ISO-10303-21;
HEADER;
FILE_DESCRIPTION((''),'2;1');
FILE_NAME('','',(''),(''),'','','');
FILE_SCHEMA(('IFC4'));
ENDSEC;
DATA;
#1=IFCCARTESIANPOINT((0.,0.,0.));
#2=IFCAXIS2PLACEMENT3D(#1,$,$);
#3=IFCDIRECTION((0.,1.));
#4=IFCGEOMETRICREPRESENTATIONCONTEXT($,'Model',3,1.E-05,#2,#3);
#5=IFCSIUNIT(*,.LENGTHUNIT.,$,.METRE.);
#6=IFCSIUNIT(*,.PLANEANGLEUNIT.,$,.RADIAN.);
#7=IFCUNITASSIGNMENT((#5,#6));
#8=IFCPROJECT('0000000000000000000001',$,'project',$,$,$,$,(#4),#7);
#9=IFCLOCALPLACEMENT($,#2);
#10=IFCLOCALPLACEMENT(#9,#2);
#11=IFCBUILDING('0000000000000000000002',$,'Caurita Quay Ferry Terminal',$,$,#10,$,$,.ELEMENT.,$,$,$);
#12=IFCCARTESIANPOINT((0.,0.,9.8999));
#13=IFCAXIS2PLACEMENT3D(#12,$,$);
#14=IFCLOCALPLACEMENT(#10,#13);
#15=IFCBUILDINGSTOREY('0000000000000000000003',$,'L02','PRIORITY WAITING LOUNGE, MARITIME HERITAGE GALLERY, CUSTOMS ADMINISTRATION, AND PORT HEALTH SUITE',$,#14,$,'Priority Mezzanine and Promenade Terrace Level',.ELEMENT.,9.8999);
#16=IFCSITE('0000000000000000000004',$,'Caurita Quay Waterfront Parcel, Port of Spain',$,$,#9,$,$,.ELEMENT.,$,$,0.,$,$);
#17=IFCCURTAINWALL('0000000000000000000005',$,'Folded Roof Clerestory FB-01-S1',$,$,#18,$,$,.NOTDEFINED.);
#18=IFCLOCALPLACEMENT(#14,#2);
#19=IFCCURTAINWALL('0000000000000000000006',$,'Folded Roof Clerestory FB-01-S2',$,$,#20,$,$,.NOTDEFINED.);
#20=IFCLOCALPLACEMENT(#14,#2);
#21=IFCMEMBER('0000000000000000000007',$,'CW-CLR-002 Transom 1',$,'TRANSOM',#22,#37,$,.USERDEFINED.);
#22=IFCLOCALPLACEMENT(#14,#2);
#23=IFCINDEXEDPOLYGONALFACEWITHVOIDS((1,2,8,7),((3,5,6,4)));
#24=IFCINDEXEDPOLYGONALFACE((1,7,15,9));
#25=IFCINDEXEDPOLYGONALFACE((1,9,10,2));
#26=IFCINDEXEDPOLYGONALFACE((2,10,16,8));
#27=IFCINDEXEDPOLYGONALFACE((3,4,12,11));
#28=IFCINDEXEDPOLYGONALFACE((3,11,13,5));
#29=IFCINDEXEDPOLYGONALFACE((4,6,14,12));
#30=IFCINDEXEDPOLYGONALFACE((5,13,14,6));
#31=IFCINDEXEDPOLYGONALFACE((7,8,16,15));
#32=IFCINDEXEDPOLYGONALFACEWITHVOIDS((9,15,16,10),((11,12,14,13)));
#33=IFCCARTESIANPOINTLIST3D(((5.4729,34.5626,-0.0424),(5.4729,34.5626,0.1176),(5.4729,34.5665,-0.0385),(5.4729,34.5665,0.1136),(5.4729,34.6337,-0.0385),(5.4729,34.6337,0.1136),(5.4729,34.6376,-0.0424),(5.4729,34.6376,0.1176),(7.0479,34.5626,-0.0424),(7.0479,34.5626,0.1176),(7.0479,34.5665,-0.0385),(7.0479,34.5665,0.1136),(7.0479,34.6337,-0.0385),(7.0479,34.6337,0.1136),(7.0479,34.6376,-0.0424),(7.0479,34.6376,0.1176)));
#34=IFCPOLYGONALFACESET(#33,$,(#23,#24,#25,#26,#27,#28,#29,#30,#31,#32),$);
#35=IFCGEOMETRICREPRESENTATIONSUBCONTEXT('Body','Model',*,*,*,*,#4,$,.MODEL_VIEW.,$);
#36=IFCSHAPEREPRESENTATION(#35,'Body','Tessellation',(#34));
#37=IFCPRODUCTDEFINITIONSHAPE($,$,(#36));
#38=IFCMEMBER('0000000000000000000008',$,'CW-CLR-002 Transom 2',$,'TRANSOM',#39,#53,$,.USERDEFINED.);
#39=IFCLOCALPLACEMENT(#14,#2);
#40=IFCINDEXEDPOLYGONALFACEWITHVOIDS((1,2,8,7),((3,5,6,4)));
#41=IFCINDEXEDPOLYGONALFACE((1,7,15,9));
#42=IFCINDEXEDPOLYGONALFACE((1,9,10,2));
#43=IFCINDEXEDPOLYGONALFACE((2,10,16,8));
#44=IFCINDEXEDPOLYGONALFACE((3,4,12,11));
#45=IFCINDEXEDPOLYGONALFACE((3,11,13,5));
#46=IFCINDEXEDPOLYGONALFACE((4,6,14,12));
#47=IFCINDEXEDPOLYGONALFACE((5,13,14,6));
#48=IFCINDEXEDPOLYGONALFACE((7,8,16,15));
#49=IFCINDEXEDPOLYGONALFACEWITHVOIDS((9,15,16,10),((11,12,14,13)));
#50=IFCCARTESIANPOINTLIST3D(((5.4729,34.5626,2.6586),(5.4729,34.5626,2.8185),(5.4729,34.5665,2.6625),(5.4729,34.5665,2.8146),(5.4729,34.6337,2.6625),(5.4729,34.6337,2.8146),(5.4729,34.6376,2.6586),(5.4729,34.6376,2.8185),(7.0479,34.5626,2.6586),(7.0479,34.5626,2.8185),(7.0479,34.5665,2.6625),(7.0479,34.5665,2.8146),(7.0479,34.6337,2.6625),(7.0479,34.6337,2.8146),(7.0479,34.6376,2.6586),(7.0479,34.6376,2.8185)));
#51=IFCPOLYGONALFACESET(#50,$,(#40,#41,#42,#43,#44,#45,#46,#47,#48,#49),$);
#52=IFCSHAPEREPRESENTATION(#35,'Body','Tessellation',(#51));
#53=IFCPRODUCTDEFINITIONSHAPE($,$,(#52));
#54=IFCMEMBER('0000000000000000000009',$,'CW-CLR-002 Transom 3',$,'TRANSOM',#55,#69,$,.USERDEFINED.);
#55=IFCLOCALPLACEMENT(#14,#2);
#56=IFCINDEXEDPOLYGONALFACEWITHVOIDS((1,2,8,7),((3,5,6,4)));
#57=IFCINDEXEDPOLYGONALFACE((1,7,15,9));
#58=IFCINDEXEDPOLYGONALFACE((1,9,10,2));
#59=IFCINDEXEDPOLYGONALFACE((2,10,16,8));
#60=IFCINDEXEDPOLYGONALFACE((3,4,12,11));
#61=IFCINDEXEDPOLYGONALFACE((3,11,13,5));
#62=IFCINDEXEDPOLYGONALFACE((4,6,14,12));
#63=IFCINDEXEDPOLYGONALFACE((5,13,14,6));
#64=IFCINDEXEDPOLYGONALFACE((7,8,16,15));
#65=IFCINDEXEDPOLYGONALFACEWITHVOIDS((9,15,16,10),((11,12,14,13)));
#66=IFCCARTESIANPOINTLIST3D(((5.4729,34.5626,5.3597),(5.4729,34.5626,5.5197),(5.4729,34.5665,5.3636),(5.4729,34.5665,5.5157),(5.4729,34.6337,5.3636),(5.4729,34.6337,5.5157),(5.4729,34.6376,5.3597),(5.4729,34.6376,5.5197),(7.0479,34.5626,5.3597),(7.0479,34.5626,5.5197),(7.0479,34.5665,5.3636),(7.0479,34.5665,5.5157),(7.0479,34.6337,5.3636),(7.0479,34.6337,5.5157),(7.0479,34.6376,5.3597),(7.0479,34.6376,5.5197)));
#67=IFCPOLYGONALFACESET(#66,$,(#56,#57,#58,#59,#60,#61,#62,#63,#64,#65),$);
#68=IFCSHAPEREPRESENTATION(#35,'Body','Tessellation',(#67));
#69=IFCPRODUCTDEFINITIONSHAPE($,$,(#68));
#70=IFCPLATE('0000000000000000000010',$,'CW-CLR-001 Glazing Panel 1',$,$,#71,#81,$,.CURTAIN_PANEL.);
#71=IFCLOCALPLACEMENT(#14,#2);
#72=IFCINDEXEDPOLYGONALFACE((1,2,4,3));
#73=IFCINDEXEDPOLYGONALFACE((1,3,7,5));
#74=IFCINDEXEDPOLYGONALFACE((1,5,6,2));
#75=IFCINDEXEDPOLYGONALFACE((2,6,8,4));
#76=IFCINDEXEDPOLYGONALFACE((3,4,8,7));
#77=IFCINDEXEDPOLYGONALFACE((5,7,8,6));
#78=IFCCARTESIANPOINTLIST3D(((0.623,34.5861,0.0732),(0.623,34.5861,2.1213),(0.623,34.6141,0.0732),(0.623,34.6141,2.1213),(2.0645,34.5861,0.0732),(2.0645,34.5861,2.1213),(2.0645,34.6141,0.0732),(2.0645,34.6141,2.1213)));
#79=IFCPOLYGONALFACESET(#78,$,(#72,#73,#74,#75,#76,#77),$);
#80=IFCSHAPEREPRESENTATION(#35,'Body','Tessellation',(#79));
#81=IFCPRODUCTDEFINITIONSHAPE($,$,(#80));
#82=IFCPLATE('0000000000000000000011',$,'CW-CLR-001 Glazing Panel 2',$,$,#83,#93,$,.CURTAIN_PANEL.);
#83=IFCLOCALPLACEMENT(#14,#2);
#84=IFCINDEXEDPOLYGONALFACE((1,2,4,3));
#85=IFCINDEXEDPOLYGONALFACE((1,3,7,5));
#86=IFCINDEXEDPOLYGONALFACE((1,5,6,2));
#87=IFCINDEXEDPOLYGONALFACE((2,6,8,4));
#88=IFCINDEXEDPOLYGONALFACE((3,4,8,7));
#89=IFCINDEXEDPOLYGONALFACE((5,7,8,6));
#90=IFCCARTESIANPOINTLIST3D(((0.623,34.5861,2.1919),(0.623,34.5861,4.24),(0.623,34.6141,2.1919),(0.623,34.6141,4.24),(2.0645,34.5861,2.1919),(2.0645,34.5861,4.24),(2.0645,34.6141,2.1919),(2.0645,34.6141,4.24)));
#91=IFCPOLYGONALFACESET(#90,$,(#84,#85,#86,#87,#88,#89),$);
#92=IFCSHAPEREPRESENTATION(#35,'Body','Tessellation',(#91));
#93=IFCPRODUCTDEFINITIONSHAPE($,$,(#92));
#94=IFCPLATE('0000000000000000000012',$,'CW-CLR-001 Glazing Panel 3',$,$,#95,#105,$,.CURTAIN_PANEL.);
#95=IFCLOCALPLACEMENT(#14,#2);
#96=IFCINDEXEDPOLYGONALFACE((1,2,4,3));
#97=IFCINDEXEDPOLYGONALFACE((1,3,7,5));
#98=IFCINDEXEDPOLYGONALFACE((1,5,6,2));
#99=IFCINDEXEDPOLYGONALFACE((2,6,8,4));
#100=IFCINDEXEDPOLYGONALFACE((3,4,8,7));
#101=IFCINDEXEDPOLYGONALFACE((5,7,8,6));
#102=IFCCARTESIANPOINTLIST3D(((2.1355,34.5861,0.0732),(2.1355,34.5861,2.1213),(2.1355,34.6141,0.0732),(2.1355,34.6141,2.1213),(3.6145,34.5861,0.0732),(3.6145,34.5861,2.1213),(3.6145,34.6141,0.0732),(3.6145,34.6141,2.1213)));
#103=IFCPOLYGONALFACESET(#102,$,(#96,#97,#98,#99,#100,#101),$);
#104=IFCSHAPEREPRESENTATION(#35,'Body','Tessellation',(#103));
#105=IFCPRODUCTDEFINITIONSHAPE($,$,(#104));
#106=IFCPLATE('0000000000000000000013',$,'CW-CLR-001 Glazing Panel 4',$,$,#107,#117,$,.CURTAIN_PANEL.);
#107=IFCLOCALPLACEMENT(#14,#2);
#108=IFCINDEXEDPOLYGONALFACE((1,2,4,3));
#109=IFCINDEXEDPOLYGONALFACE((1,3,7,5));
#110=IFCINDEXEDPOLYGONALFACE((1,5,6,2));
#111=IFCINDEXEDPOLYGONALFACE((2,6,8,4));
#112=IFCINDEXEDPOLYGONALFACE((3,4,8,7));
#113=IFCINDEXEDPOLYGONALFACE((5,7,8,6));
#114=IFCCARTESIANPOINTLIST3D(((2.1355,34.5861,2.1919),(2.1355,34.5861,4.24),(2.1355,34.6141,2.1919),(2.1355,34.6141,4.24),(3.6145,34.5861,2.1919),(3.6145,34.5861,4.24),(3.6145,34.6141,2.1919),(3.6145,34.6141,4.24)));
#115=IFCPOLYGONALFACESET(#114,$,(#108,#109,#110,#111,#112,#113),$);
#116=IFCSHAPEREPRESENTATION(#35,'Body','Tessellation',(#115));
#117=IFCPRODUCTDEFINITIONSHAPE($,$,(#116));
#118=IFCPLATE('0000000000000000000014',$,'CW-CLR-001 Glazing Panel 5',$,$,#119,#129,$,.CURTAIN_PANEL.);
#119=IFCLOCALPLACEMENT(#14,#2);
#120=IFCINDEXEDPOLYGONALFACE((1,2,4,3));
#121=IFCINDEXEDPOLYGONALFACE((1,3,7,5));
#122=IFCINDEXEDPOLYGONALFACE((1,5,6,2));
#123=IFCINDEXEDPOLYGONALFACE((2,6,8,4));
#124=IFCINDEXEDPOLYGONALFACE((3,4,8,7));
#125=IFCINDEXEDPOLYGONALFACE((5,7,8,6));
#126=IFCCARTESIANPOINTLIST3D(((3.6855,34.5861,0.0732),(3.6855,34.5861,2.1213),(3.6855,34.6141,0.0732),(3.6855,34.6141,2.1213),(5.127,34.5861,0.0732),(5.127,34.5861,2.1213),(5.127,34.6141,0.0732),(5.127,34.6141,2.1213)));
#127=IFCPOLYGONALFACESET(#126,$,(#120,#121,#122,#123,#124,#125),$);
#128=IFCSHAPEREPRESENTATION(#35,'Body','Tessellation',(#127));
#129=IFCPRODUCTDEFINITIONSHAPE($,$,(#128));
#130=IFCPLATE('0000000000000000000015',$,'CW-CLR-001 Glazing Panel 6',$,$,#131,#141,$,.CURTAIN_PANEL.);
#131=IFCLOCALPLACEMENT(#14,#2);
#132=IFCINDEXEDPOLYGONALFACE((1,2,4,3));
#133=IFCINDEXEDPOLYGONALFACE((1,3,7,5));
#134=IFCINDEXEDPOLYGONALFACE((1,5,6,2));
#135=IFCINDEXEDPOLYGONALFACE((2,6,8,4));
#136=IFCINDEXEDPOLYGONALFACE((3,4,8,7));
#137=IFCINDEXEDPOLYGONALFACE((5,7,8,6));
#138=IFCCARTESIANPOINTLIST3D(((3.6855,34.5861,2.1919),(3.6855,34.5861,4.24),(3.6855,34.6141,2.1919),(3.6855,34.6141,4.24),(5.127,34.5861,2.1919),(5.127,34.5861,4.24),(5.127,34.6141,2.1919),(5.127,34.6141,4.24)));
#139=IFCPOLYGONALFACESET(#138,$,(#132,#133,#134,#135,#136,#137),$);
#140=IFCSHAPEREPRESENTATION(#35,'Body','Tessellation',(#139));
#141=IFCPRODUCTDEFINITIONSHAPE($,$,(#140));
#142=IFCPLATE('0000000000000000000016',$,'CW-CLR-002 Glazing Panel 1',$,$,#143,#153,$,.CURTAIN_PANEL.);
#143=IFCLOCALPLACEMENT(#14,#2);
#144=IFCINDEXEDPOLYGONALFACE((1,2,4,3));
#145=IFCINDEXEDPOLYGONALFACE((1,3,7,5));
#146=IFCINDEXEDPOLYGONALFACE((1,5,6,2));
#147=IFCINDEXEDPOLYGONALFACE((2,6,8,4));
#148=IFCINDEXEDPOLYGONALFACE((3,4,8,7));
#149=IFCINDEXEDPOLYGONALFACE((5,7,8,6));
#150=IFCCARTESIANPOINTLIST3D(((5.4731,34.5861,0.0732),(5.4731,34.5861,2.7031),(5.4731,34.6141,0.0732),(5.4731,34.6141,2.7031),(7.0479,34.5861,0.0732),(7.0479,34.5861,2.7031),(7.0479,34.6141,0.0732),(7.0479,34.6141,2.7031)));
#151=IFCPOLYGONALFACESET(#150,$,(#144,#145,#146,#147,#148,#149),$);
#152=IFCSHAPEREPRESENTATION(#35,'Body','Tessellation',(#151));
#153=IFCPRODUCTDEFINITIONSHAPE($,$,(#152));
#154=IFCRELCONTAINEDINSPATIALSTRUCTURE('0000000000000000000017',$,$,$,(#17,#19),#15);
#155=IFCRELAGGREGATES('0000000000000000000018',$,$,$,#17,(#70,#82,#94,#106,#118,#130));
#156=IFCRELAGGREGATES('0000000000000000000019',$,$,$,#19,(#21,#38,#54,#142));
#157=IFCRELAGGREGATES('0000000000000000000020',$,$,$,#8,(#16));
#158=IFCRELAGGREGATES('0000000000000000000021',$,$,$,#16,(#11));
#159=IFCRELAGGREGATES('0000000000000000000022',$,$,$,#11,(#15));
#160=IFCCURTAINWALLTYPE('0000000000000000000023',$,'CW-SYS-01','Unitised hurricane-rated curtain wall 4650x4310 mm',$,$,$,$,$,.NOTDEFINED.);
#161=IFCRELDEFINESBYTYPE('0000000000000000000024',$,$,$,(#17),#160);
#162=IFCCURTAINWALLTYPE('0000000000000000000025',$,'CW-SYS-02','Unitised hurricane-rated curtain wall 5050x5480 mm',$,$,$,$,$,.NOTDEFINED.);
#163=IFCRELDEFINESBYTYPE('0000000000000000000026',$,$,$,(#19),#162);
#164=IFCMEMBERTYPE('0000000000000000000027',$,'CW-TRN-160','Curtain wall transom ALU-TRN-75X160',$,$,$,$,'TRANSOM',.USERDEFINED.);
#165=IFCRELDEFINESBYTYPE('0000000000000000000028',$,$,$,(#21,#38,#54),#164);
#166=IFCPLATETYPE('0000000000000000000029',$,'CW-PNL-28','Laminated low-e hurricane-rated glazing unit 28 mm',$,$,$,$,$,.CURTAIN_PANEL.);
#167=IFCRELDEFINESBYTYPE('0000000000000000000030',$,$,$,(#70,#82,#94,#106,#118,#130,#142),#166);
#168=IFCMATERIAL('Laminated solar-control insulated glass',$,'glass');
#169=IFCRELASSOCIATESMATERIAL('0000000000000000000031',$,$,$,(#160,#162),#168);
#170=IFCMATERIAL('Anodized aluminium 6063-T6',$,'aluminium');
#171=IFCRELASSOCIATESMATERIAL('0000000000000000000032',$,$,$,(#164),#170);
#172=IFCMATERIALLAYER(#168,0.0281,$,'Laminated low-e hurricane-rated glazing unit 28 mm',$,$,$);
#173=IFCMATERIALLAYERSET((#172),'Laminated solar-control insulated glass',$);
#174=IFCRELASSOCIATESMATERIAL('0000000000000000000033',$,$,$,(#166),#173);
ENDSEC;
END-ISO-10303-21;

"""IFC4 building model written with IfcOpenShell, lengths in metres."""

from ifc_helpers import new_model, si_unit, direction, frame, origin, origin_2d, place, context, subcontext, project, spatial, rectangle, hollow_rectangle, extrude, material, layer, layer_set, material_profile, profile_set, type_object, element, aggregate, save


model = new_model("IFC4")

# Units and contexts
model_context = context("Model", 3, precision=1e-05, world=origin(), true_north=direction((0.0, 1.0)))
body_context = subcontext(model_context, "Body", "Model", "MODEL_VIEW")
ifc_project = project(units=[si_unit("LENGTHUNIT", "METRE"), si_unit("PLANEANGLEUNIT", "RADIAN")], contexts=[model_context])

# Site, building, storey
site_placement = place(None, origin())
site = spatial("IfcSite", under=ifc_project, at=site_placement, Name="Caurita Quay Waterfront Parcel, Port of Spain", CompositionType="ELEMENT", RefElevation=0.0)
building_placement = place(site_placement, origin())
building = spatial("IfcBuilding", under=site, at=building_placement, Name="Caurita Quay Ferry Terminal", CompositionType="ELEMENT")
storey_placement = place(building_placement, frame((0.0, 0.0, 9.8999)))
storey = spatial("IfcBuildingStorey", under=building, at=storey_placement, Name="L02", Description="PRIORITY WAITING LOUNGE, MARITIME HERITAGE GALLERY, CUSTOMS ADMINISTRATION, AND PORT HEALTH SUITE", LongName="Priority Mezzanine and Promenade Terrace Level", CompositionType="ELEMENT", Elevation=9.8999)

# Curtain wall
ifc_material_1 = material(Name="Laminated solar-control insulated glass", Category="glass")
curtain_wall_type_1 = type_object("IfcCurtainWallType", Name="CW-SYS-01", Description="Unitised hurricane-rated curtain wall 4650x4310 mm", PredefinedType="NOTDEFINED", material=ifc_material_1)
curtain_wall_1_placement = place(storey_placement, origin())
curtain_wall_1 = element("IfcCurtainWall", 1, at=curtain_wall_1_placement, inside=storey, type_object=curtain_wall_type_1, Name="Folded Roof Clerestory FB-01-S1", PredefinedType="NOTDEFINED")
ifc_material_2 = material(Name="Anodized aluminium 6063-T6", Category="aluminium")

# Curtain wall
curtain_wall_type_2 = type_object("IfcCurtainWallType", Name="CW-SYS-02", Description="Unitised hurricane-rated curtain wall 5050x5480 mm", PredefinedType="NOTDEFINED", material=ifc_material_1)
curtain_wall_2_placement = place(storey_placement, origin())
curtain_wall_2 = element("IfcCurtainWall", 2, at=curtain_wall_2_placement, inside=storey, type_object=curtain_wall_type_2, Name="Folded Roof Clerestory FB-01-S2", PredefinedType="NOTDEFINED")

# Members
ifc_material_profile_1 = material_profile(ifc_material_2, hollow_rectangle(XDim=0.075, YDim=0.1599, WallThickness=0.0039, at=origin_2d()), Name="ALU-TRN-75X160")
ifc_profile_set_1 = profile_set([ifc_material_profile_1], Name="Anodized aluminium 6063-T6")
member_type_1 = type_object("IfcMemberType", Name="CW-TRN-160", Description="Curtain wall transom ALU-TRN-75X160", ElementType="TRANSOM", PredefinedType="USERDEFINED", material=ifc_profile_set_1)
member_1_placement = place(storey_placement, frame((5.4729, 34.6001, 0.0376), z_axis=(1.0, 0.0, 0.0), x_axis=(0.0, 1.0, 0.0)))
member_1 = element("IfcMember", 3, at=member_1_placement, type_object=member_type_1, Name="CW-CLR-002 Transom 1", ObjectType="TRANSOM", PredefinedType="USERDEFINED", context=body_context, shape_type="SweptSolid", body=[
    extrude(hollow_rectangle(XDim=0.075, YDim=0.1599, WallThickness=0.0039, at=origin_2d()), origin(), (0.0, 0.0, 1.0), 1.575),
])
member_2_placement = place(storey_placement, frame((5.4729, 34.6001, 2.7385), z_axis=(1.0, 0.0, 0.0), x_axis=(0.0, 1.0, 0.0)))
member_2 = element("IfcMember", 4, at=member_2_placement, type_object=member_type_1, Name="CW-CLR-002 Transom 2", ObjectType="TRANSOM", PredefinedType="USERDEFINED", context=body_context, shape_type="SweptSolid", body=[
    extrude(hollow_rectangle(XDim=0.075, YDim=0.1599, WallThickness=0.0039, at=origin_2d()), origin(), (0.0, 0.0, 1.0), 1.575),
])
member_3_placement = place(storey_placement, frame((5.4729, 34.6001, 5.4397), z_axis=(1.0, 0.0, 0.0), x_axis=(0.0, 1.0, 0.0)))
member_3 = element("IfcMember", 5, at=member_3_placement, type_object=member_type_1, Name="CW-CLR-002 Transom 3", ObjectType="TRANSOM", PredefinedType="USERDEFINED", context=body_context, shape_type="SweptSolid", body=[
    extrude(hollow_rectangle(XDim=0.075, YDim=0.1599, WallThickness=0.0039, at=origin_2d()), origin(), (0.0, 0.0, 1.0), 1.575),
])

# Plates
ifc_layer = layer(ifc_material_1, 0.0281, Name="Laminated low-e hurricane-rated glazing unit 28 mm")
ifc_layer_set = layer_set([ifc_layer], Name="Laminated solar-control insulated glass")
plate_type = type_object("IfcPlateType", Name="CW-PNL-28", Description="Laminated low-e hurricane-rated glazing unit 28 mm", PredefinedType="CURTAIN_PANEL", material=ifc_layer_set)
plate_1_placement = place(storey_placement, frame((1.3438, 34.6001, 0.0732), z_axis=(0.0, 0.0, 1.0), x_axis=(1.0, 0.0, 0.0)))
plate_1 = element("IfcPlate", 6, at=plate_1_placement, type_object=plate_type, Name="CW-CLR-001 Glazing Panel 1", PredefinedType="CURTAIN_PANEL", context=body_context, shape_type="SweptSolid", body=[
    extrude(rectangle(XDim=1.4414, YDim=0.0281, at=origin_2d()), origin(), (0.0, 0.0, 1.0), 2.0481),
])
plate_2_placement = place(storey_placement, frame((1.3438, 34.6001, 2.1919), z_axis=(0.0, 0.0, 1.0), x_axis=(1.0, 0.0, 0.0)))
plate_2 = element("IfcPlate", 7, at=plate_2_placement, type_object=plate_type, Name="CW-CLR-001 Glazing Panel 2", PredefinedType="CURTAIN_PANEL", context=body_context, shape_type="SweptSolid", body=[
    extrude(rectangle(XDim=1.4414, YDim=0.0281, at=origin_2d()), origin(), (0.0, 0.0, 1.0), 2.0481),
])
plate_3_placement = place(storey_placement, frame((2.875, 34.6001, 0.0732), z_axis=(0.0, 0.0, 1.0), x_axis=(1.0, 0.0, 0.0)))
plate_3 = element("IfcPlate", 8, at=plate_3_placement, type_object=plate_type, Name="CW-CLR-001 Glazing Panel 3", PredefinedType="CURTAIN_PANEL", context=body_context, shape_type="SweptSolid", body=[
    extrude(rectangle(XDim=1.479, YDim=0.0281, at=origin_2d()), origin(), (0.0, 0.0, 1.0), 2.0481),
])
plate_4_placement = place(storey_placement, frame((2.875, 34.6001, 2.1919), z_axis=(0.0, 0.0, 1.0), x_axis=(1.0, 0.0, 0.0)))
plate_4 = element("IfcPlate", 9, at=plate_4_placement, type_object=plate_type, Name="CW-CLR-001 Glazing Panel 4", PredefinedType="CURTAIN_PANEL", context=body_context, shape_type="SweptSolid", body=[
    extrude(rectangle(XDim=1.479, YDim=0.0281, at=origin_2d()), origin(), (0.0, 0.0, 1.0), 2.0481),
])
plate_5_placement = place(storey_placement, frame((4.4062, 34.6001, 0.0732), z_axis=(0.0, 0.0, 1.0), x_axis=(1.0, 0.0, 0.0)))
plate_5 = element("IfcPlate", 10, at=plate_5_placement, type_object=plate_type, Name="CW-CLR-001 Glazing Panel 5", PredefinedType="CURTAIN_PANEL", context=body_context, shape_type="SweptSolid", body=[
    extrude(rectangle(XDim=1.4414, YDim=0.0281, at=origin_2d()), origin(), (0.0, 0.0, 1.0), 2.0481),
])
plate_6_placement = place(storey_placement, frame((4.4062, 34.6001, 2.1919), z_axis=(0.0, 0.0, 1.0), x_axis=(1.0, 0.0, 0.0)))
plate_6 = element("IfcPlate", 11, at=plate_6_placement, type_object=plate_type, Name="CW-CLR-001 Glazing Panel 6", PredefinedType="CURTAIN_PANEL", context=body_context, shape_type="SweptSolid", body=[
    extrude(rectangle(XDim=1.4414, YDim=0.0281, at=origin_2d()), origin(), (0.0, 0.0, 1.0), 2.0481),
])
aggregate(curtain_wall_1, [plate_1, plate_2, plate_3, plate_4, plate_5, plate_6])
plate_7_placement = place(storey_placement, frame((6.2605, 34.6001, 0.0732), z_axis=(0.0, 0.0, 1.0), x_axis=(1.0, 0.0, 0.0)))
plate_7 = element("IfcPlate", 12, at=plate_7_placement, type_object=plate_type, Name="CW-CLR-002 Glazing Panel 1", PredefinedType="CURTAIN_PANEL", context=body_context, shape_type="SweptSolid", body=[
    extrude(rectangle(XDim=1.5747, YDim=0.0281, at=origin_2d()), origin(), (0.0, 0.0, 1.0), 2.6299),
])
aggregate(curtain_wall_2, [member_1, member_2, member_3, plate_7])

save(model, "model.ifc")
